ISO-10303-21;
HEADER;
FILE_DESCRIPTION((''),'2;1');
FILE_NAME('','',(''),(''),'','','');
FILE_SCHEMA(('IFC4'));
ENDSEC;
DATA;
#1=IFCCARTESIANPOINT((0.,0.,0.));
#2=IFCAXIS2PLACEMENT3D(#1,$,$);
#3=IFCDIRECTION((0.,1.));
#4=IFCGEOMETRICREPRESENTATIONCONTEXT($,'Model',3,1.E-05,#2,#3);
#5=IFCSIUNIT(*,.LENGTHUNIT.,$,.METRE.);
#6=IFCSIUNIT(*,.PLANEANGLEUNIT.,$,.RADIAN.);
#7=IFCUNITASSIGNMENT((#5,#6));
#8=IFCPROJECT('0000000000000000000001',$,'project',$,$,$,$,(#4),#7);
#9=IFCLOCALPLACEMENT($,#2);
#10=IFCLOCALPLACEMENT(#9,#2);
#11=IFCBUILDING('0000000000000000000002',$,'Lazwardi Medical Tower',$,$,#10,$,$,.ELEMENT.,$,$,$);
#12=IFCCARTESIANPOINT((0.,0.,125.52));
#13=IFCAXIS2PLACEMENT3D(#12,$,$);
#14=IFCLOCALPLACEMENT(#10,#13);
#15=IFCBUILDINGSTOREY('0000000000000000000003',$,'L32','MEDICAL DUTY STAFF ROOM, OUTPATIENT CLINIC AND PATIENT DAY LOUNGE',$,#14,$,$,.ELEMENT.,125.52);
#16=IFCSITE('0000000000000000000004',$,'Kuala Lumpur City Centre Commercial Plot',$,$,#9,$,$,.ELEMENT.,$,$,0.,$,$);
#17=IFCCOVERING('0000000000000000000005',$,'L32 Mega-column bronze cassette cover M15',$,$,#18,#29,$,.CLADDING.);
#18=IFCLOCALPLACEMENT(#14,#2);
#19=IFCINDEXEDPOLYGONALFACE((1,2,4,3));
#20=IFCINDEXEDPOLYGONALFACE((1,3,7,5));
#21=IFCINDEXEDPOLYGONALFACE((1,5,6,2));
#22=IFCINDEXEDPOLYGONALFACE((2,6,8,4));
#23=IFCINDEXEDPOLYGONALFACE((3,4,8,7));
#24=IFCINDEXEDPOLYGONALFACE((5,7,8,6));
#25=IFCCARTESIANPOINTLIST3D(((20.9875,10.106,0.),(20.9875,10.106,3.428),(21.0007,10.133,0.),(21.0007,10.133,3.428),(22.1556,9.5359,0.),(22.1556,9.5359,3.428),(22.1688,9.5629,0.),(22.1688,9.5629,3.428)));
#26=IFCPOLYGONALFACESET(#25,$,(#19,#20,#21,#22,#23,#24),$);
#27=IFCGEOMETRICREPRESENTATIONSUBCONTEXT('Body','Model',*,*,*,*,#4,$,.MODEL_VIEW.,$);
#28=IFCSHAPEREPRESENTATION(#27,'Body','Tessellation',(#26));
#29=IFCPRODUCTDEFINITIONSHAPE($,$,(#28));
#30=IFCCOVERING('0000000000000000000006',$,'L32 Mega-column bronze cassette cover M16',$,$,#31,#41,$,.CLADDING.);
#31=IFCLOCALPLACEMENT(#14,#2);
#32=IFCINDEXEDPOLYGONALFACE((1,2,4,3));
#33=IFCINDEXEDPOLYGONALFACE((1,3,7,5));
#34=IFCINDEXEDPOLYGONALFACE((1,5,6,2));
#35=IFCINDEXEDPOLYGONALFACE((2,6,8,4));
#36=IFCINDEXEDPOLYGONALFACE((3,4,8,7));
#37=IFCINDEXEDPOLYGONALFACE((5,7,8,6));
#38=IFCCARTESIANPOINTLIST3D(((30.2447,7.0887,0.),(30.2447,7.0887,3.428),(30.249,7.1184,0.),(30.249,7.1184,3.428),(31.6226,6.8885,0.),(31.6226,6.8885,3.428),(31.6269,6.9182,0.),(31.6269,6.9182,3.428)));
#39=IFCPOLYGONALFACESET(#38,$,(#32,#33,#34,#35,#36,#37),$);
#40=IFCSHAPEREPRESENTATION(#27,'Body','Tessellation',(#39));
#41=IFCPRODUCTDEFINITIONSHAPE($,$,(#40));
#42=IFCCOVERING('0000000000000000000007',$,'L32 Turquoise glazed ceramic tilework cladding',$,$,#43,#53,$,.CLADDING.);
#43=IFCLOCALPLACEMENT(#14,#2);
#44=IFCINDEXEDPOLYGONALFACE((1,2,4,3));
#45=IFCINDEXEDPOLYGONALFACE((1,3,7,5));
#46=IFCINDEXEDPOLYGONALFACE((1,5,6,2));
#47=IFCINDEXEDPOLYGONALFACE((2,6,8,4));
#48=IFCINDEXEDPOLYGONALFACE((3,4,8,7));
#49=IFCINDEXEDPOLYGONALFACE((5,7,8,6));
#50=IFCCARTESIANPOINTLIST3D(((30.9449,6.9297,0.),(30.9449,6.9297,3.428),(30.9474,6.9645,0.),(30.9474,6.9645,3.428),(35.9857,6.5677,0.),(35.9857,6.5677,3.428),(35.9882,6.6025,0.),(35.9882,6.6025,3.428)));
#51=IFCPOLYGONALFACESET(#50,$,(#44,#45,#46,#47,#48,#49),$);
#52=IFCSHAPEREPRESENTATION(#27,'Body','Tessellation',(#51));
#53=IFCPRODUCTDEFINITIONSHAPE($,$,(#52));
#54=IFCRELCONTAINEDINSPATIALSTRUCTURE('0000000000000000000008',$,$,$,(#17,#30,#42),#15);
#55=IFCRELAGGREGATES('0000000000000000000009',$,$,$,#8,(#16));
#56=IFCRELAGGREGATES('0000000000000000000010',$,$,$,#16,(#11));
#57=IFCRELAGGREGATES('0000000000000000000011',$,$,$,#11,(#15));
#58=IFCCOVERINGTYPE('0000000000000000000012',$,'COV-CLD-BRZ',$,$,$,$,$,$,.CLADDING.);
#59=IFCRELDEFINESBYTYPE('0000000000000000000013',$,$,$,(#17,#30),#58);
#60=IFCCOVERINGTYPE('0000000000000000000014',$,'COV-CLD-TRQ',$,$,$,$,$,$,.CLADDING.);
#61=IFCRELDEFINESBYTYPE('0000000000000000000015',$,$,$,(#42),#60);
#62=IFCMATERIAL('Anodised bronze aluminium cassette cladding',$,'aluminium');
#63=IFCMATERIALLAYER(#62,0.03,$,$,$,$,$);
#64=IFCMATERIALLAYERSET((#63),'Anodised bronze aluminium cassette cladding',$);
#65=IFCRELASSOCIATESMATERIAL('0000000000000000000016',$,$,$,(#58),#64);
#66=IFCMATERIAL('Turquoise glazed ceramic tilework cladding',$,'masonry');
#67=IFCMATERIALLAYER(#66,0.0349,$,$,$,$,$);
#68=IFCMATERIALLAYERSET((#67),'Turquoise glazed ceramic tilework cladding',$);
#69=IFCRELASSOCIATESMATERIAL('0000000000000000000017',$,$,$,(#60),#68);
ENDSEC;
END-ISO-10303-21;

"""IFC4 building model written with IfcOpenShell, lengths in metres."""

from ifc_helpers import new_model, si_unit, direction, frame, origin, origin_2d, place, context, subcontext, project, spatial, rectangle, extrude, material, layer, layer_set, type_object, element, save


model = new_model("IFC4")

# Units and contexts
model_context = context("Model", 3, precision=1e-05, world=origin(), true_north=direction((0.0, 1.0)))
body_context = subcontext(model_context, "Body", "Model", "MODEL_VIEW")
ifc_project = project(units=[si_unit("LENGTHUNIT", "METRE"), si_unit("PLANEANGLEUNIT", "RADIAN")], contexts=[model_context])

# Site, building, storey
site_placement = place(None, origin())
site = spatial("IfcSite", under=ifc_project, at=site_placement, Name="Kuala Lumpur City Centre Commercial Plot", CompositionType="ELEMENT", RefElevation=0.0)
building_placement = place(site_placement, origin())
building = spatial("IfcBuilding", under=site, at=building_placement, Name="Lazwardi Medical Tower", CompositionType="ELEMENT")
storey_placement = place(building_placement, frame((0.0, 0.0, 125.52)))
storey = spatial("IfcBuildingStorey", under=building, at=storey_placement, Name="L32", Description="MEDICAL DUTY STAFF ROOM, OUTPATIENT CLINIC AND PATIENT DAY LOUNGE", CompositionType="ELEMENT", Elevation=125.52)

# Coverings
ifc_material_1 = material(Name="Anodised bronze aluminium cassette cladding", Category="aluminium")
ifc_layer_1 = layer(ifc_material_1, 0.03)
ifc_layer_set_1 = layer_set([ifc_layer_1], Name="Anodised bronze aluminium cassette cladding")
covering_type_1 = type_object("IfcCoveringType", Name="COV-CLD-BRZ", PredefinedType="CLADDING", material=ifc_layer_set_1)
covering_1_placement = place(storey_placement, frame((21.5781, 9.8345, 0.0), z_axis=(0.0, 0.0, 1.0), x_axis=(0.898679, -0.438606, 0.0)))
element("IfcCovering", 1, at=covering_1_placement, inside=storey, type_object=covering_type_1, Name="L32 Mega-column bronze cassette cover M15", PredefinedType="CLADDING", context=body_context, shape_type="SweptSolid", body=[
    extrude(rectangle(XDim=1.2998, YDim=0.03, at=origin_2d()), origin(), (0.0, 0.0, 1.0), 3.428),
])
covering_2_placement = place(storey_placement, frame((30.9358, 7.0034, 0.0), z_axis=(0.0, 0.0, 1.0), x_axis=(0.989609, -0.143785, 0.0)))
element("IfcCovering", 2, at=covering_2_placement, inside=storey, type_object=covering_type_1, Name="L32 Mega-column bronze cassette cover M16", PredefinedType="CLADDING", context=body_context, shape_type="SweptSolid", body=[
    extrude(rectangle(XDim=1.3923, YDim=0.03, at=origin_2d()), origin(), (0.0, 0.0, 1.0), 3.428),
])
ifc_material_2 = material(Name="Turquoise glazed ceramic tilework cladding", Category="masonry")
ifc_layer_2 = layer(ifc_material_2, 0.0349)
ifc_layer_set_2 = layer_set([ifc_layer_2], Name="Turquoise glazed ceramic tilework cladding")
covering_type_2 = type_object("IfcCoveringType", Name="COV-CLD-TRQ", PredefinedType="CLADDING", material=ifc_layer_set_2)
covering_3_placement = place(storey_placement, frame((33.4666, 6.7661, 0.0), z_axis=(0.0, 0.0, 1.0), x_axis=(0.997431, -0.071631, 0.0)))
element("IfcCovering", 3, at=covering_3_placement, inside=storey, type_object=covering_type_2, Name="L32 Turquoise glazed ceramic tilework cladding", PredefinedType="CLADDING", context=body_context, shape_type="SweptSolid", body=[
    extrude(rectangle(XDim=5.0537, YDim=0.0349, at=origin_2d()), origin(), (0.0, 0.0, 1.0), 3.428),
])

save(model, "model.ifc")
